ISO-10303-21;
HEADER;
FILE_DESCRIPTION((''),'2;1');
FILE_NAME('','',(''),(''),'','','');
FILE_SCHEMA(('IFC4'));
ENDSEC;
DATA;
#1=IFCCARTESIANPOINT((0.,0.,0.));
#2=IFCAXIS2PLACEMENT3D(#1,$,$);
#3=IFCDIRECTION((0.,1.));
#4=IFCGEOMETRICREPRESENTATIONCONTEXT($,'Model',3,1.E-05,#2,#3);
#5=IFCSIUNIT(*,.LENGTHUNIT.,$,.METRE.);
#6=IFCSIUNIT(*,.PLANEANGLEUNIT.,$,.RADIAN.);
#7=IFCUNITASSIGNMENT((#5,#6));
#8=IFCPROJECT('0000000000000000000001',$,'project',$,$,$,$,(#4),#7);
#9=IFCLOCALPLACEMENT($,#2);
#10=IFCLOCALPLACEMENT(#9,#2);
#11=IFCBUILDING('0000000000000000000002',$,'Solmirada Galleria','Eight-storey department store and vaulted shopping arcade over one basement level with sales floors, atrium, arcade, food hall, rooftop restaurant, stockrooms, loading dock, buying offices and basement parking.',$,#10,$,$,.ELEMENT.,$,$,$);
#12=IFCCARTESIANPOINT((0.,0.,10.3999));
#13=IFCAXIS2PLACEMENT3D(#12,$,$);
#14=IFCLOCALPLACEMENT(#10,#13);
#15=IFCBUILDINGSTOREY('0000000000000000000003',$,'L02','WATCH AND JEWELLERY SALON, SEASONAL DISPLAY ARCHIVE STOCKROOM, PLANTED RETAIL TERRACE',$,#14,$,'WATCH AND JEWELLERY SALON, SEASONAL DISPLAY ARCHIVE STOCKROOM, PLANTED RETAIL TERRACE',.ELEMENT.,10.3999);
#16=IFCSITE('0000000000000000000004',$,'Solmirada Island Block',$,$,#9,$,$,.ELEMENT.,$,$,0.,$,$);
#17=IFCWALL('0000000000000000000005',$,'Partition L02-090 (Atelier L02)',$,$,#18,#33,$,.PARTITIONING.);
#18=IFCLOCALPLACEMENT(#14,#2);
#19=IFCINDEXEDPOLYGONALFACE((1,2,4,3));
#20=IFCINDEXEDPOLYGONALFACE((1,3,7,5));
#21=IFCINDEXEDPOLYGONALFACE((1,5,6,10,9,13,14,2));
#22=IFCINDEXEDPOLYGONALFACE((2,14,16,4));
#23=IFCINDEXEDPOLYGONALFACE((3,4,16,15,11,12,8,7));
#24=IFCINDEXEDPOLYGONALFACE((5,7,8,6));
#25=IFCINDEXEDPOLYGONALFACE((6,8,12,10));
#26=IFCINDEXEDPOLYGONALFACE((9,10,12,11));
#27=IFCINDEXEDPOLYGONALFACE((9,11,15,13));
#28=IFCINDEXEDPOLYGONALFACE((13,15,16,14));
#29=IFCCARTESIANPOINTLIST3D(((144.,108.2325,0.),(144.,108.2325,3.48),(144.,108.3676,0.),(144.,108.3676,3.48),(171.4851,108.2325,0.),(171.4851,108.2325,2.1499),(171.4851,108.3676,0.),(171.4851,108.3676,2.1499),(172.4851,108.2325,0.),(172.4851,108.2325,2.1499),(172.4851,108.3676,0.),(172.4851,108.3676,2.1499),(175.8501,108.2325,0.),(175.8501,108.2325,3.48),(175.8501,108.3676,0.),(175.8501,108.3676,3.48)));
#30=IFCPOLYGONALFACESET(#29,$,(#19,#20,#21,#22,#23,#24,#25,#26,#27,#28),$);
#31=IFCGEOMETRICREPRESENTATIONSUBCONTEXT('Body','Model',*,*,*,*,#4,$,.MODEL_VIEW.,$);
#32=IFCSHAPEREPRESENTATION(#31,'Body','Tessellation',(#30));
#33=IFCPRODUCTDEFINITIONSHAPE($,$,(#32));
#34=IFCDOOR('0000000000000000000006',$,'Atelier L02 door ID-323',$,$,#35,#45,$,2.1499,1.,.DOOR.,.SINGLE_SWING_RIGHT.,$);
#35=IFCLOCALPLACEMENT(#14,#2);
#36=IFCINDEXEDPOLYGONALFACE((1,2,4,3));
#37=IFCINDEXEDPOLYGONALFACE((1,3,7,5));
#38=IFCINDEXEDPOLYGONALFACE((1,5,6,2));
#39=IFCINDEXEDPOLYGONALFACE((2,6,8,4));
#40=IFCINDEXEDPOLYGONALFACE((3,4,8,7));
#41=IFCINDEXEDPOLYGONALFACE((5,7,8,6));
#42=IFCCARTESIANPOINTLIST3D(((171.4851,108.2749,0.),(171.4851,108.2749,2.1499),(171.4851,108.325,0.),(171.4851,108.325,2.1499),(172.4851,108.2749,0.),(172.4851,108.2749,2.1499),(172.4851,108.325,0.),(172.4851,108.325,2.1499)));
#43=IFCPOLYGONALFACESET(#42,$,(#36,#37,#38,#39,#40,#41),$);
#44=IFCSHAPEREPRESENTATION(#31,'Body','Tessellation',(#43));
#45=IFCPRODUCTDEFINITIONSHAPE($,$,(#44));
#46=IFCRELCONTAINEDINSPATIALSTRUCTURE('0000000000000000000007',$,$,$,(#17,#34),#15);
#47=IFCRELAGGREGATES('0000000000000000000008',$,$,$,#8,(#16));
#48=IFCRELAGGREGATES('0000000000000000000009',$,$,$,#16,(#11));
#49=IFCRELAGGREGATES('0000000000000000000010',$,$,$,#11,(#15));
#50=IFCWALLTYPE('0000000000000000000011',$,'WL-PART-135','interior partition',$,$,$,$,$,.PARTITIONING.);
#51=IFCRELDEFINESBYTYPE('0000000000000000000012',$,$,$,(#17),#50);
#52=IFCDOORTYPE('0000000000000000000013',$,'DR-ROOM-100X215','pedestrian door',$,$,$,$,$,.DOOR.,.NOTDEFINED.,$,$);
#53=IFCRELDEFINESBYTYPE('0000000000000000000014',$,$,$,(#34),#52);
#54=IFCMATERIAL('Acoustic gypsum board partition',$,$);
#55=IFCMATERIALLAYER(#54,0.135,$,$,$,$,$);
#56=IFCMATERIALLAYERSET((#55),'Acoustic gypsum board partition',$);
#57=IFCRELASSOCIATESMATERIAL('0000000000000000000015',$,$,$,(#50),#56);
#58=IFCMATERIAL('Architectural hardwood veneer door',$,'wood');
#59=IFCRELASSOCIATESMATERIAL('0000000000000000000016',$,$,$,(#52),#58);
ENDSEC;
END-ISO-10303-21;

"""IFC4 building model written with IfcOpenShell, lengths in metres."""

from ifc_helpers import new_model, si_unit, direction, frame, frame_2d, origin, place, context, subcontext, project, spatial, rectangle, extrude, material, layer, layer_set, type_object, element, fill, save


model = new_model("IFC4")

# Units and contexts
model_context = context("Model", 3, precision=1e-05, world=origin(), true_north=direction((0.0, 1.0)))
body_context = subcontext(model_context, "Body", "Model", "MODEL_VIEW")
ifc_project = project(units=[si_unit("LENGTHUNIT", "METRE"), si_unit("PLANEANGLEUNIT", "RADIAN")], contexts=[model_context])

# Site, building, storey
site_placement = place(None, origin())
site = spatial("IfcSite", under=ifc_project, at=site_placement, Name="Solmirada Island Block", CompositionType="ELEMENT", RefElevation=0.0)
building_placement = place(site_placement, origin())
building = spatial("IfcBuilding", under=site, at=building_placement, Name="Solmirada Galleria", Description="Eight-storey department store and vaulted shopping arcade over one basement level with sales floors, atrium, arcade, food hall, rooftop restaurant, stockrooms, loading dock, buying offices and basement parking.", CompositionType="ELEMENT")
storey_placement = place(building_placement, frame((0.0, 0.0, 10.3999)))
storey = spatial("IfcBuildingStorey", under=building, at=storey_placement, Name="L02", Description="WATCH AND JEWELLERY SALON, SEASONAL DISPLAY ARCHIVE STOCKROOM, PLANTED RETAIL TERRACE", LongName="WATCH AND JEWELLERY SALON, SEASONAL DISPLAY ARCHIVE STOCKROOM, PLANTED RETAIL TERRACE", CompositionType="ELEMENT", Elevation=10.3999)

# Wall, opening, door
ifc_material_1 = material(Name="Acoustic gypsum board partition")
ifc_layer_1 = layer(ifc_material_1, 0.135)
ifc_layer_set_1 = layer_set([ifc_layer_1], Name="Acoustic gypsum board partition")
wall_type_1 = type_object("IfcWallType", Name="WL-PART-135", Description="interior partition", PredefinedType="PARTITIONING", material=ifc_layer_set_1)
wall_1_placement = place(storey_placement, frame((144.0, 108.3, 0.0), z_axis=(0.0, 0.0, 1.0), x_axis=(1.0, 0.0, 0.0)))
wall_1 = element("IfcWall", 1, at=wall_1_placement, inside=storey, type_object=wall_type_1, Name="Partition L02-090 (Atelier L02)", PredefinedType="PARTITIONING", context=body_context, shape_type="SweptSolid", body=[
    extrude(rectangle(XDim=31.8501, YDim=0.135, at=frame_2d((15.925, 0.0))), origin(), (0.0, 0.0, 1.0), 3.48),
])
opening_1_placement = place(wall_1_placement, frame((27.4851, 0.0, 0.0)))
opening_1 = element("IfcOpeningElement", 2, at=opening_1_placement, cuts=wall_1, PredefinedType="OPENING", context=body_context, shape_type="SweptSolid", body=[
    extrude(rectangle(XDim=1.0, YDim=2.1499, at=frame_2d((0.5, 1.075))), frame((0.0, 0.0774, 0.0), z_axis=(0.0, -1.0, 0.0), x_axis=(1.0, 0.0, 0.0)), (0.0, 0.0, 1.0), 0.155),
])
ifc_material_2 = material(Name="Architectural hardwood veneer door", Category="wood")
door_type_1 = type_object("IfcDoorType", Name="DR-ROOM-100X215", Description="pedestrian door", OperationType="NOTDEFINED", PredefinedType="DOOR", material=ifc_material_2)
door_1_placement = place(opening_1_placement, origin())
door_1 = element("IfcDoor", 3, at=door_1_placement, inside=storey, type_object=door_type_1, Name="Atelier L02 door ID-323", OperationType="SINGLE_SWING_RIGHT", OverallHeight=2.1499, OverallWidth=1.0, PredefinedType="DOOR", context=body_context, shape_type="SweptSolid", body=[
    extrude(rectangle(XDim=1.0, YDim=2.1499, at=frame_2d((0.5, 1.075))), frame((0.0, 0.0249, 0.0), z_axis=(0.0, -1.0, 0.0), x_axis=(1.0, 0.0, 0.0)), (0.0, 0.0, 1.0), 0.05),
])
fill(opening_1, door_1)

save(model, "model.ifc")
